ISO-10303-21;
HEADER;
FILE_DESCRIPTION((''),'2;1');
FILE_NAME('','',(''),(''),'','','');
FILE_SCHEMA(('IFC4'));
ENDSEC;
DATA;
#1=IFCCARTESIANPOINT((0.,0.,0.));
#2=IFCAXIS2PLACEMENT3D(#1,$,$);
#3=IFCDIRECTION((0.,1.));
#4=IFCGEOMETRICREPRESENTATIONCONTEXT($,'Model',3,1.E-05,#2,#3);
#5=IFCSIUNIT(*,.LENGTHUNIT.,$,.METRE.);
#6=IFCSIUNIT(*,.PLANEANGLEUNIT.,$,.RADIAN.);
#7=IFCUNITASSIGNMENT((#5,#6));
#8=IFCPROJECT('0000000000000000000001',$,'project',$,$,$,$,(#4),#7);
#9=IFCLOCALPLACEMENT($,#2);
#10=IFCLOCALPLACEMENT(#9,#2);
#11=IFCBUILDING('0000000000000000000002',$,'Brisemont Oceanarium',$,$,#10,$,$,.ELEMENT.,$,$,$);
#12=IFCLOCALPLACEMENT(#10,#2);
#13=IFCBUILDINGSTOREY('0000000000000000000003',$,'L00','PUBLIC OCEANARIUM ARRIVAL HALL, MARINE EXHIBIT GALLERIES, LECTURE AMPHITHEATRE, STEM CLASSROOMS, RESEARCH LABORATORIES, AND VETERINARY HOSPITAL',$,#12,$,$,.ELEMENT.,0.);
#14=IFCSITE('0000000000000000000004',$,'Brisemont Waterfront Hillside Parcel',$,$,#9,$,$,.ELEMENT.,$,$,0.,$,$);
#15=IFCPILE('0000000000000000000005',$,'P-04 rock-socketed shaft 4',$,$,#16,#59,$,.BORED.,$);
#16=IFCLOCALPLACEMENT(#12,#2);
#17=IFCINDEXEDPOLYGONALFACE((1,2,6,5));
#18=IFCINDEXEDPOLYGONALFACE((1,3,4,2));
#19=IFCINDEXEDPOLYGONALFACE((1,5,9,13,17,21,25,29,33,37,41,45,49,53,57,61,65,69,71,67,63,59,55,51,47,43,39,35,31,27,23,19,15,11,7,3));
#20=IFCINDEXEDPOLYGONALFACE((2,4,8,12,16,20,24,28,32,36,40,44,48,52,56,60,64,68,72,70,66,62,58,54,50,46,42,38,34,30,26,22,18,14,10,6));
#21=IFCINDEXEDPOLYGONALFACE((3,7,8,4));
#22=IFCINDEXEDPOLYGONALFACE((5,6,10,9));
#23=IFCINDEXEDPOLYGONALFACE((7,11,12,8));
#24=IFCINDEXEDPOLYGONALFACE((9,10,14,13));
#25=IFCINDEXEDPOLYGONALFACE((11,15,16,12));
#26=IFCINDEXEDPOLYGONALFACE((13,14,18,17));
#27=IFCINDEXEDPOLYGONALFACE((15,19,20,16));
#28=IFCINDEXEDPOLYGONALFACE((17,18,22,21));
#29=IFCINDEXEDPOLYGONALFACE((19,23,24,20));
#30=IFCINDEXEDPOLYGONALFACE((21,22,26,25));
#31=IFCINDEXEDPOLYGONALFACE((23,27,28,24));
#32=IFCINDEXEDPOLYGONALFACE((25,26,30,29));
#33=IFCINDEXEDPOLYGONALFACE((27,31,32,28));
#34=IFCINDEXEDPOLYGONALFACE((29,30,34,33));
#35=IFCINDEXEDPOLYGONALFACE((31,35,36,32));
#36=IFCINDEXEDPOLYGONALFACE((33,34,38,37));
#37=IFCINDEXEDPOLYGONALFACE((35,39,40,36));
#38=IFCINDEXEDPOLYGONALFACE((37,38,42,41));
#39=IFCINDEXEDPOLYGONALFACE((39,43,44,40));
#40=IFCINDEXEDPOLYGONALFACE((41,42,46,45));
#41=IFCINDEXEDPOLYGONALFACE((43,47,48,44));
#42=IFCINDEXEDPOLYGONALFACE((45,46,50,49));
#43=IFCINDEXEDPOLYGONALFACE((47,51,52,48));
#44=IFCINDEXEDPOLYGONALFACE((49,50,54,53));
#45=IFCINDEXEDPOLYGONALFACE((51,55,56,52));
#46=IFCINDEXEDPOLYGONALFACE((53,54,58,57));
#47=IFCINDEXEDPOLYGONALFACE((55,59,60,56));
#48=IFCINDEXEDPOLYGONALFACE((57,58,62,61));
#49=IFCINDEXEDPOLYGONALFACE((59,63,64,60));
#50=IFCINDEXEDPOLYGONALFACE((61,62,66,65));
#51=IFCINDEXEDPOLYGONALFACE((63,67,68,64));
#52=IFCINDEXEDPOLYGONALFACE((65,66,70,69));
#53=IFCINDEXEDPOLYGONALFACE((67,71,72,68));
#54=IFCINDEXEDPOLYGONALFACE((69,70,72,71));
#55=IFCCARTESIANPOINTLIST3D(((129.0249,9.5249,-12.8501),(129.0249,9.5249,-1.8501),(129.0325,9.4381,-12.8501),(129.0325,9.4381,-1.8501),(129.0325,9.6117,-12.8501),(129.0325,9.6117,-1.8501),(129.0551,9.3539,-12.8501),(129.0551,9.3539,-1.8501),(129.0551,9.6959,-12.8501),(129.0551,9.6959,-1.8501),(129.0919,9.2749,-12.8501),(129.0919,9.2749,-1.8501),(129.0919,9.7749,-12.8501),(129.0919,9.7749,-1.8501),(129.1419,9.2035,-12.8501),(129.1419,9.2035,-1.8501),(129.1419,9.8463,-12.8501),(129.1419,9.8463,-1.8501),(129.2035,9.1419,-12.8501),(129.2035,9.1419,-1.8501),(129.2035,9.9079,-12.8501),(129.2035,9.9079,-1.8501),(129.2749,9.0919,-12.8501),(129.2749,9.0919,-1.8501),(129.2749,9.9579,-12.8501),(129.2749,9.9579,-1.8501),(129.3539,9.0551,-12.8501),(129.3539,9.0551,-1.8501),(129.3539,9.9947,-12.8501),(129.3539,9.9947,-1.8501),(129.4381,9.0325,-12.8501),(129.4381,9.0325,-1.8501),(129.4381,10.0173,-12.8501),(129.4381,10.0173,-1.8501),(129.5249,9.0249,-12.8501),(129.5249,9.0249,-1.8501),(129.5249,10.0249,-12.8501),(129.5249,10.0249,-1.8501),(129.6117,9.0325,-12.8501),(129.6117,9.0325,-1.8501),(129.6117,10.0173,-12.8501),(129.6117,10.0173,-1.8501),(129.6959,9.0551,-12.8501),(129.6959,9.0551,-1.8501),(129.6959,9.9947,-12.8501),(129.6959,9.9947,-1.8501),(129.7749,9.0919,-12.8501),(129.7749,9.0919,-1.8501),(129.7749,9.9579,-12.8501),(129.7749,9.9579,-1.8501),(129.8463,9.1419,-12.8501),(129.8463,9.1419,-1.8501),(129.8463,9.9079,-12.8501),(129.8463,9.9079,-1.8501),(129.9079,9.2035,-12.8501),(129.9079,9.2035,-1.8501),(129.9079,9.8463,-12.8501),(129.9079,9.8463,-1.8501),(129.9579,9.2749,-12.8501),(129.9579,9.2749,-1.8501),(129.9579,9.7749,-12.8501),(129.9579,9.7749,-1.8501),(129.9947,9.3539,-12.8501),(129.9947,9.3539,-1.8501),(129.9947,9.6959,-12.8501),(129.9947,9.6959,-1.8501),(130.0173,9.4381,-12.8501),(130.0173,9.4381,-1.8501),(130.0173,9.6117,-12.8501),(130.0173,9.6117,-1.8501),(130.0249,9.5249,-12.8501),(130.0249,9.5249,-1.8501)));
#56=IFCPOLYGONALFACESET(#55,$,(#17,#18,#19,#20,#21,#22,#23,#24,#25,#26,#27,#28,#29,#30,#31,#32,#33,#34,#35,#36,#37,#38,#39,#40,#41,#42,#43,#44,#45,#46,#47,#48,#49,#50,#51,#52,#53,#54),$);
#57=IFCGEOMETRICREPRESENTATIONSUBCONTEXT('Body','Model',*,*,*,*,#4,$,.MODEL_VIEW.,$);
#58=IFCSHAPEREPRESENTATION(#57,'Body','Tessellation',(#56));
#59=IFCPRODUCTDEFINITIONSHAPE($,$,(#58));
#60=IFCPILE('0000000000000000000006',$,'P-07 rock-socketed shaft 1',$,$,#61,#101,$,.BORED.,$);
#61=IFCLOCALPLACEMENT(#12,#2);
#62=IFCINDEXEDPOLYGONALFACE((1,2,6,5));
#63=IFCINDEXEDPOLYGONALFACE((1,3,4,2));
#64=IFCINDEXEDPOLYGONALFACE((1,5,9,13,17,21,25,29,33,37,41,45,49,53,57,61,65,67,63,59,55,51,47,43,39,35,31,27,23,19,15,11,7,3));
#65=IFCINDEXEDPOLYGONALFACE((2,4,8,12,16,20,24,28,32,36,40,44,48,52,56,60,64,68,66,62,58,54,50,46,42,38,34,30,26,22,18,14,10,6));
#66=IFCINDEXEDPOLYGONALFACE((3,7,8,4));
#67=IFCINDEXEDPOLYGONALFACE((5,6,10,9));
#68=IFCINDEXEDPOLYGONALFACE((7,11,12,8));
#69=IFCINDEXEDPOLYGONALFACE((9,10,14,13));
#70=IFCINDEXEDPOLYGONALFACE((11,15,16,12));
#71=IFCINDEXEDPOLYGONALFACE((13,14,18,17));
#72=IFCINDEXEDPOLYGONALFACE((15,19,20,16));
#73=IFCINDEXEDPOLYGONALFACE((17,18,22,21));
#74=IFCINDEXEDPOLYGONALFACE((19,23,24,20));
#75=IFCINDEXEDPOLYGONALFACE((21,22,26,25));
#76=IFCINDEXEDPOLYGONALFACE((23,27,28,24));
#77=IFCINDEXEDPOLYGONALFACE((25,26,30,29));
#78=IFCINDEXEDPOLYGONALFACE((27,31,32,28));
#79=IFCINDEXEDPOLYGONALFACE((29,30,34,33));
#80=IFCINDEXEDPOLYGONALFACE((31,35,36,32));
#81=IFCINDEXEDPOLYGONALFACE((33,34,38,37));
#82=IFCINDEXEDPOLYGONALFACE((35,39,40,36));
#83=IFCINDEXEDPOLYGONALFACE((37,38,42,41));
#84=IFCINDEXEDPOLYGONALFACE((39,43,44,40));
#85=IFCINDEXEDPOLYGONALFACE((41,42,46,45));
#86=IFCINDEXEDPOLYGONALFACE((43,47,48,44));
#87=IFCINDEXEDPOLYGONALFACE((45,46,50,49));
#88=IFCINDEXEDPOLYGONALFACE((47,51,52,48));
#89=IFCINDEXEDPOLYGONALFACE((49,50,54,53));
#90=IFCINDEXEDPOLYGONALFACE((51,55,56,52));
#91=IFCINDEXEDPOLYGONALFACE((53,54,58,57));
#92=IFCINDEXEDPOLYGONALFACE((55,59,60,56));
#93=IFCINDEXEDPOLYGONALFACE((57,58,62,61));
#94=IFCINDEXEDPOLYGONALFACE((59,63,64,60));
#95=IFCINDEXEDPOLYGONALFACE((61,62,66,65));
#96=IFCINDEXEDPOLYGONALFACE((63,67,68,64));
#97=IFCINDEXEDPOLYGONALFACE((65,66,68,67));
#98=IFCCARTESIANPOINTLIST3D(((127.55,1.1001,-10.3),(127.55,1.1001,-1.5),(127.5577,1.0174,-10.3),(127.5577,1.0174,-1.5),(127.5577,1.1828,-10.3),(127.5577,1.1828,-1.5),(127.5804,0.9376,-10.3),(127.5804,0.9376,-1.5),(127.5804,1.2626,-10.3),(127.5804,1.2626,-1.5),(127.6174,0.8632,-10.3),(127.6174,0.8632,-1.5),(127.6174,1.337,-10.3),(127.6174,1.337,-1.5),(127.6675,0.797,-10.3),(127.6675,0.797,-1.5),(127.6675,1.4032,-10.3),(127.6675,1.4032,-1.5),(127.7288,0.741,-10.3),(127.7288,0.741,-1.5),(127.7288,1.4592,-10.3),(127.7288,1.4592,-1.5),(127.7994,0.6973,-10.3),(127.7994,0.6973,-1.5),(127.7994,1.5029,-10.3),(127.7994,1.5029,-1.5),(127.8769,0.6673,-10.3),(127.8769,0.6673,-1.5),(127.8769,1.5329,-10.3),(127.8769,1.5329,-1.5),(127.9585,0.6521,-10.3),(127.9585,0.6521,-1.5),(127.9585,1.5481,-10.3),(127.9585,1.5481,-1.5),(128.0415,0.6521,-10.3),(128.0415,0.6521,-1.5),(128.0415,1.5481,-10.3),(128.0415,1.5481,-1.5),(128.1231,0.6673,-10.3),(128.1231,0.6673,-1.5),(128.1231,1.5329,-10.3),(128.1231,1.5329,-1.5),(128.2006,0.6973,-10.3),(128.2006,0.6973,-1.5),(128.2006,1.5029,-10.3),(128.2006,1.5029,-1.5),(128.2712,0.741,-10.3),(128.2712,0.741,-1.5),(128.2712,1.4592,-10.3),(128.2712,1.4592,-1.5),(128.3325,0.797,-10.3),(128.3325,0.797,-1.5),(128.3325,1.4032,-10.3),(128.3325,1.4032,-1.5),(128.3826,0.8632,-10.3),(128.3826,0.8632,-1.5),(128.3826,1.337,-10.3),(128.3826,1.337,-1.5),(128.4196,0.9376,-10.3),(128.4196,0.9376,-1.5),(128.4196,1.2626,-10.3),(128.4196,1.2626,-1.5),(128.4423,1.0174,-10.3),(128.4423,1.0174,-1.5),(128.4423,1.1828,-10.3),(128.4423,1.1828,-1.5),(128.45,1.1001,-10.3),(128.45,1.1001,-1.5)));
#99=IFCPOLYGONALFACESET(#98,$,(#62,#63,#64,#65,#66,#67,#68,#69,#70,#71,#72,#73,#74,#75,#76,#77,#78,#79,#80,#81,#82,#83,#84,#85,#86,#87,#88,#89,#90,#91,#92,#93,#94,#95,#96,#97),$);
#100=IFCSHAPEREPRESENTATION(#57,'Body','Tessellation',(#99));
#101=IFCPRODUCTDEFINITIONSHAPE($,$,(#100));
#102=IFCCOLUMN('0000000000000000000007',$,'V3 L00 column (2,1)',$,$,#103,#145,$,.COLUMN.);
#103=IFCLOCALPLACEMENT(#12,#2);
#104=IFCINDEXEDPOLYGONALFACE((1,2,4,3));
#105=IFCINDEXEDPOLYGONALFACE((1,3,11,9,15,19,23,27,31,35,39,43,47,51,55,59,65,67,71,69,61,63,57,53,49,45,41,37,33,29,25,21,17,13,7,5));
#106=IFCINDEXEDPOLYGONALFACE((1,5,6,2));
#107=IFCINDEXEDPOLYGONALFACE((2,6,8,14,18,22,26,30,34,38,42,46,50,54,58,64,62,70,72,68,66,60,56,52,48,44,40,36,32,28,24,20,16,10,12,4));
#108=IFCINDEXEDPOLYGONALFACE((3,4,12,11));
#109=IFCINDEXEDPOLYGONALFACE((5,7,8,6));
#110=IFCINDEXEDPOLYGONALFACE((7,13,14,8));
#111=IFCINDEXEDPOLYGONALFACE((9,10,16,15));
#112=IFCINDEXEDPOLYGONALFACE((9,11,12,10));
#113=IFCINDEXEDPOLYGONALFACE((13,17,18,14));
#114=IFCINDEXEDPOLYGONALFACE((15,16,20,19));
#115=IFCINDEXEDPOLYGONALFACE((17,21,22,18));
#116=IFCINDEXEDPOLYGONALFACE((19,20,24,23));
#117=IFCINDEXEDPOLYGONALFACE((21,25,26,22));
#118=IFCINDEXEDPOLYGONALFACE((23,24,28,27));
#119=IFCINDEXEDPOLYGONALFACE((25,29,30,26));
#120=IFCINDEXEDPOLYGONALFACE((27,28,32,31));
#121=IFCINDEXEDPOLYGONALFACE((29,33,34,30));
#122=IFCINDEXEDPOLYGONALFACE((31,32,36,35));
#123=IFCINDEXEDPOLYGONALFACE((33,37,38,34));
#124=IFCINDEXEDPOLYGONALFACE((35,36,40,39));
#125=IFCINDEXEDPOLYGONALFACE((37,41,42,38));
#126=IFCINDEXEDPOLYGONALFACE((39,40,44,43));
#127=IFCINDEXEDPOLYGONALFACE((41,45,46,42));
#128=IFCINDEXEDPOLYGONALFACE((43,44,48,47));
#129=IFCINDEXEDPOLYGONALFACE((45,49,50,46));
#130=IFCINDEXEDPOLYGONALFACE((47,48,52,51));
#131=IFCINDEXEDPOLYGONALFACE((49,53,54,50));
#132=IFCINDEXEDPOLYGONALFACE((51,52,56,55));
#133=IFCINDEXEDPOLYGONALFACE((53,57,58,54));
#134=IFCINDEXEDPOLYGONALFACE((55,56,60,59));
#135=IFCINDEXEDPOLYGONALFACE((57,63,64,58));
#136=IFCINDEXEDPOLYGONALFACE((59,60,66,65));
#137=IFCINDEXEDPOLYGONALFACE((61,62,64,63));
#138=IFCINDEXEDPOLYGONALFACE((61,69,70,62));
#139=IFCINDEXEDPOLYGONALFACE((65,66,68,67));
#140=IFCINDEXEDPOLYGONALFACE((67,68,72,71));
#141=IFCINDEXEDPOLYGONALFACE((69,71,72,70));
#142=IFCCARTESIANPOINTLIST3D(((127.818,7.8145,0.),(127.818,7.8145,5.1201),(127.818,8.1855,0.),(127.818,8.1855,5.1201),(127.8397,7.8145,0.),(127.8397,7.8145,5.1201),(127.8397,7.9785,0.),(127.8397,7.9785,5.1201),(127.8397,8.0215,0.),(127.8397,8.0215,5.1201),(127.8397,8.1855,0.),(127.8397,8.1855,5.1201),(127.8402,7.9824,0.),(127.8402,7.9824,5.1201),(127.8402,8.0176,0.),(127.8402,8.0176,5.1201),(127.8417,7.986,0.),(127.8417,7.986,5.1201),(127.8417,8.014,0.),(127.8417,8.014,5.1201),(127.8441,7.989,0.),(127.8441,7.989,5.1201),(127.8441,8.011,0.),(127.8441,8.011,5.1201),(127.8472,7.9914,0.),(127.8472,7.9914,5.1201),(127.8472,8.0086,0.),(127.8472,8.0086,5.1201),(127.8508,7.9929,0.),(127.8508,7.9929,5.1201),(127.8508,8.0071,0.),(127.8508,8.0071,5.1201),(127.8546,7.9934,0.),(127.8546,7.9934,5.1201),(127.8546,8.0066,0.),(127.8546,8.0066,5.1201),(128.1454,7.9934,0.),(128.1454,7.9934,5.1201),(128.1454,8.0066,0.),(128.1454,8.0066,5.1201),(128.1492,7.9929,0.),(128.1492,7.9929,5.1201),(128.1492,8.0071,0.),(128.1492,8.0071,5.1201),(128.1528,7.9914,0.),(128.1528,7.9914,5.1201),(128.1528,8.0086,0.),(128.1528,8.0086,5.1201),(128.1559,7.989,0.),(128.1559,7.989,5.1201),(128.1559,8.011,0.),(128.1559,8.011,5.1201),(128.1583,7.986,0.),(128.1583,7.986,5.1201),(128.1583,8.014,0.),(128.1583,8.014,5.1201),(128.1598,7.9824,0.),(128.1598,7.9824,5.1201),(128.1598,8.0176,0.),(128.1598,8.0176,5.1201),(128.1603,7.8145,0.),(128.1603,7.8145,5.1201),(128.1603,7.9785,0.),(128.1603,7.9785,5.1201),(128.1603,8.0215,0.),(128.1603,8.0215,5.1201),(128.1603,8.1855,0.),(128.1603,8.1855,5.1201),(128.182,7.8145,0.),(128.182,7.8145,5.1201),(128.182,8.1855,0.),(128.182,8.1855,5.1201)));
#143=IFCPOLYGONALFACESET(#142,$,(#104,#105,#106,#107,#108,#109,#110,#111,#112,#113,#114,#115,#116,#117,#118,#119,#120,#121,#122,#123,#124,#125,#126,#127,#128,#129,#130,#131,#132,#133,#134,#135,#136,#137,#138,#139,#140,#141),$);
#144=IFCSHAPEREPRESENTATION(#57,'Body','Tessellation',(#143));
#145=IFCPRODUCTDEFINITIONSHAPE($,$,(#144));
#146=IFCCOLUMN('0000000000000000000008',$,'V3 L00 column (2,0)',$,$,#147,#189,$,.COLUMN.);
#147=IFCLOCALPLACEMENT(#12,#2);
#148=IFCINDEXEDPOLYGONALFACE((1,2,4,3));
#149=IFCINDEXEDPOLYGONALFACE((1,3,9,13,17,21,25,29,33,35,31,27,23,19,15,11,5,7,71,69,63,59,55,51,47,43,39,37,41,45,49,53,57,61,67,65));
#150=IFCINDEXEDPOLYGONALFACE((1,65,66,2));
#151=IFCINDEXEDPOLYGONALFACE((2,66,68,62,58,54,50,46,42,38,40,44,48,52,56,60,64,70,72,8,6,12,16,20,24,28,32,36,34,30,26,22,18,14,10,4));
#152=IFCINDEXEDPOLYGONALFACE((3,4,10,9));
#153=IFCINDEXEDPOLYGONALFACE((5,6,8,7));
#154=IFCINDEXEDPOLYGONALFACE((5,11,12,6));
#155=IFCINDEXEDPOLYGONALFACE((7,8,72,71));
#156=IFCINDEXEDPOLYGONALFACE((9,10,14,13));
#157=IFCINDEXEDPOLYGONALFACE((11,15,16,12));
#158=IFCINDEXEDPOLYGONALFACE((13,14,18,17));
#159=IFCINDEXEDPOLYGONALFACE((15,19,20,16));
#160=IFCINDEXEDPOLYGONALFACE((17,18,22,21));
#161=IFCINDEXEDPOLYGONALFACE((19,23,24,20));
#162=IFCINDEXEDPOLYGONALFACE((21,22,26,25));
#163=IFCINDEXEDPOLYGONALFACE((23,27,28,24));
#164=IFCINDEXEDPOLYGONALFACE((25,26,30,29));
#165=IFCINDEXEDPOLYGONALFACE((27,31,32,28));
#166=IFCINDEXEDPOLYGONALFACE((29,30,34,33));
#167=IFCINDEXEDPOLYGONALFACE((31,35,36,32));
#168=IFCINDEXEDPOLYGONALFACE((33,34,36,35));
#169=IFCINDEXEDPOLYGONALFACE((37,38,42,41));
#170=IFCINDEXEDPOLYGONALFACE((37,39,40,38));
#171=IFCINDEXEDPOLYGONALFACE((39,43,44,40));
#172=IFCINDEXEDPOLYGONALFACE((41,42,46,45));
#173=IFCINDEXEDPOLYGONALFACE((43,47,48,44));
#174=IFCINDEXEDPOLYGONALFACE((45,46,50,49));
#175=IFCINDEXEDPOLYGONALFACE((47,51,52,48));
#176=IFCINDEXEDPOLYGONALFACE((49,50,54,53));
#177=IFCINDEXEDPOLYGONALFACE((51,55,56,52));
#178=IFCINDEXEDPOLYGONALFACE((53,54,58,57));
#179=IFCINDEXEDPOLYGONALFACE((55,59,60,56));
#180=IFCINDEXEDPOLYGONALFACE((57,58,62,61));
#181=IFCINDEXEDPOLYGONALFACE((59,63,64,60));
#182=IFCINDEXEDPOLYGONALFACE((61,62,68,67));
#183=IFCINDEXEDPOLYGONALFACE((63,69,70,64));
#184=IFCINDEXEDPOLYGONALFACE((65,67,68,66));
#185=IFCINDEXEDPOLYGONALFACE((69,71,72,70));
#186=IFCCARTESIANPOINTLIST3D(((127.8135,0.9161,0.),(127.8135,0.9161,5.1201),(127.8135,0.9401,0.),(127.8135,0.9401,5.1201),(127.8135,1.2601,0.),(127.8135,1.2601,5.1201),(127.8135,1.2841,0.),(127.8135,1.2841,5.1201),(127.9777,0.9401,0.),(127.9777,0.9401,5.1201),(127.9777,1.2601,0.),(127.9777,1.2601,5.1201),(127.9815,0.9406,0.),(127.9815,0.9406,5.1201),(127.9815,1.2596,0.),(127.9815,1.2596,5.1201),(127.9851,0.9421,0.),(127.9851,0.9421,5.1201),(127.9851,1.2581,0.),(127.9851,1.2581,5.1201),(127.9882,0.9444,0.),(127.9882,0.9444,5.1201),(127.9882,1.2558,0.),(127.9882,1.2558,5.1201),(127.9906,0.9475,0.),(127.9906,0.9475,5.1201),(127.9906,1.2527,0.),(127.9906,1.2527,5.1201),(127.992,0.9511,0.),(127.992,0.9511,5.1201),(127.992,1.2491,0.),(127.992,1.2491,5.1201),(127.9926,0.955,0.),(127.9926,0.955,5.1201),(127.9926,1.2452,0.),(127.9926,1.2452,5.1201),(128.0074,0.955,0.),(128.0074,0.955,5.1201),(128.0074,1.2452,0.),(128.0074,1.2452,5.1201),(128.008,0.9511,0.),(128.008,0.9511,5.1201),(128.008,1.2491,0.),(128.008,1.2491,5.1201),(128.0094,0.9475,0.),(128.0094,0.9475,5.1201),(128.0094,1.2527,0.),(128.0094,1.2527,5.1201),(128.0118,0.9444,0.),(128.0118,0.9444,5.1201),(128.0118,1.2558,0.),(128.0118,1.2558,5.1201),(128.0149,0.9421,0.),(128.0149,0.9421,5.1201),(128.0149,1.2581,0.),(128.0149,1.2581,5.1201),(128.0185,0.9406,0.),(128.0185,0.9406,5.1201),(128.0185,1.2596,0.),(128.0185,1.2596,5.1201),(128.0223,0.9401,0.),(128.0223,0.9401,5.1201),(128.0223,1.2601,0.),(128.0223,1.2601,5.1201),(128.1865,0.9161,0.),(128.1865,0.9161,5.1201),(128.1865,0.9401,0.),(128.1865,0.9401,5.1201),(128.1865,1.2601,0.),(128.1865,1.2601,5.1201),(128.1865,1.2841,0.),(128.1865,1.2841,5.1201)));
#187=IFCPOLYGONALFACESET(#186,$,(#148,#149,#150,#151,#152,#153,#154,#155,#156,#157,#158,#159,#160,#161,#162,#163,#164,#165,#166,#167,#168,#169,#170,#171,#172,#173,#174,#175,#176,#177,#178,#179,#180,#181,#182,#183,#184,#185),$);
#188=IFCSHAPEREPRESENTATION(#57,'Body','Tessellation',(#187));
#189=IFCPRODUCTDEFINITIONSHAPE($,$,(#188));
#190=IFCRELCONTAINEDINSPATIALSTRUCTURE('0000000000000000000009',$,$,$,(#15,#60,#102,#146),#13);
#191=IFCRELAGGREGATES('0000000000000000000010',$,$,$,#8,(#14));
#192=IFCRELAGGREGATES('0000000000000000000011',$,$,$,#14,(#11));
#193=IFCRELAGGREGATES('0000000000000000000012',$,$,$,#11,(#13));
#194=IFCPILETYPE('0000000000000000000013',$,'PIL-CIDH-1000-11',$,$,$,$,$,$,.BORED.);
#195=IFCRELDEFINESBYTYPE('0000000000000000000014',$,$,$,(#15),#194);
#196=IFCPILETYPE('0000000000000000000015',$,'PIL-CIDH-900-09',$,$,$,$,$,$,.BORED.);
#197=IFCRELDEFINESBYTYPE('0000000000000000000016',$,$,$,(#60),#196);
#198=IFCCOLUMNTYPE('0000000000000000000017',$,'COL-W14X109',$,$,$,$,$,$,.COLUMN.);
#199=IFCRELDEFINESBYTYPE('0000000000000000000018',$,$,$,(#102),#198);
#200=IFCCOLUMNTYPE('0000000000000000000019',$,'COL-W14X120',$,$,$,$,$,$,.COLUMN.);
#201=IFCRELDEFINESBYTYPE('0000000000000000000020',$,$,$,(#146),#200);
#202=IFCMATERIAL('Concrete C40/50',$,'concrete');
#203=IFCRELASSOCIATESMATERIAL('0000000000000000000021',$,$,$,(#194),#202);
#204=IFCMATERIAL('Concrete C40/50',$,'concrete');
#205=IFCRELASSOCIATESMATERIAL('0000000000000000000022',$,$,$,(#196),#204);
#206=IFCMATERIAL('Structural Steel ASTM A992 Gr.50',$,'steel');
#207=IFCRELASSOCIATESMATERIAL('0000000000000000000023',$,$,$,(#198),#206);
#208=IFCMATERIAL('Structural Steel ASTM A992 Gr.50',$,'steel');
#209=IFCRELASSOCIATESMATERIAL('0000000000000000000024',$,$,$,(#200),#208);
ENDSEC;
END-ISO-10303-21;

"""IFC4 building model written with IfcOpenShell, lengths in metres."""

from ifc_helpers import new_model, si_unit, direction, frame, origin, origin_2d, place, context, subcontext, project, spatial, circle, i_section, extrude, material, material_profile, profile_set, type_object, element, save


model = new_model("IFC4")

# Units and contexts
model_context = context("Model", 3, precision=1e-05, world=origin(), true_north=direction((0.0, 1.0)))
body_context = subcontext(model_context, "Body", "Model", "MODEL_VIEW")
ifc_project = project(units=[si_unit("LENGTHUNIT", "METRE"), si_unit("PLANEANGLEUNIT", "RADIAN")], contexts=[model_context])

# Site, building, storey
site_placement = place(None, origin())
site = spatial("IfcSite", under=ifc_project, at=site_placement, Name="Brisemont Waterfront Hillside Parcel", CompositionType="ELEMENT", RefElevation=0.0)
building_placement = place(site_placement, origin())
building = spatial("IfcBuilding", under=site, at=building_placement, Name="Brisemont Oceanarium", CompositionType="ELEMENT")
storey_placement = place(building_placement, origin())
storey = spatial("IfcBuildingStorey", under=building, at=storey_placement, Name="L00", Description="PUBLIC OCEANARIUM ARRIVAL HALL, MARINE EXHIBIT GALLERIES, LECTURE AMPHITHEATRE, STEM CLASSROOMS, RESEARCH LABORATORIES, AND VETERINARY HOSPITAL", CompositionType="ELEMENT", Elevation=0.0)

# Piles
ifc_material_1 = material(Name="Concrete C40/50", Category="concrete")
ifc_material_profile_1 = material_profile(ifc_material_1, circle(Radius=0.5, at=origin_2d()), Name="CIDH-D1000")
ifc_profile_set_1 = profile_set([ifc_material_profile_1], Name="Concrete C40/50")
pile_type_1 = type_object("IfcPileType", Name="PIL-CIDH-1000-11", PredefinedType="BORED", material=ifc_profile_set_1)
for number, where, z_axis, x_axis, name in (
    (1, (129.5249, 9.5249, -1.8501), (0.0, 0.0, -1.0), (1.0, 0.0, 0.0), "P-04 rock-socketed shaft 4"),
):
    element("IfcPile", number, at=place(storey_placement, frame(where, z_axis=z_axis, x_axis=x_axis)), inside=storey, type_object=pile_type_1, Name=name, PredefinedType="BORED", context=body_context, shape_type="SweptSolid", body=[
        extrude(circle(Radius=0.5, at=origin_2d()), origin(), (0.0, 0.0, 1.0), 11.0),
    ])
ifc_material_2 = material(Name="Concrete C40/50", Category="concrete")
ifc_material_profile_2 = material_profile(ifc_material_2, circle(Radius=0.45, at=origin_2d()), Name="CIDH-D900")
ifc_profile_set_2 = profile_set([ifc_material_profile_2], Name="Concrete C40/50")
pile_type_2 = type_object("IfcPileType", Name="PIL-CIDH-900-09", PredefinedType="BORED", material=ifc_profile_set_2)
pile_placement = place(storey_placement, frame((128.0, 1.1001, -1.5), z_axis=(0.0, 0.0, -1.0), x_axis=(1.0, 0.0, 0.0)))
element("IfcPile", 2, at=pile_placement, inside=storey, type_object=pile_type_2, Name="P-07 rock-socketed shaft 1", PredefinedType="BORED", context=body_context, shape_type="SweptSolid", body=[
    extrude(circle(Radius=0.45, at=origin_2d()), origin(), (0.0, 0.0, 1.0), 8.8),
])

# Columns
ifc_material_3 = material(Name="Structural Steel ASTM A992 Gr.50", Category="steel")
ifc_material_profile_3 = material_profile(ifc_material_3, i_section(OverallWidth=0.3711, OverallDepth=0.364, WebThickness=0.0132, FlangeThickness=0.0217, FilletRadius=0.0149, at=origin_2d()), Name="W14X109")
ifc_profile_set_3 = profile_set([ifc_material_profile_3], Name="Structural Steel ASTM A992 Gr.50")
column_type_1 = type_object("IfcColumnType", Name="COL-W14X109", PredefinedType="COLUMN", material=ifc_profile_set_3)
column_1_placement = place(storey_placement, frame((128.0, 8.0, 0.0), z_axis=(0.0, 0.0, 1.0), x_axis=(0.0, 1.0, 0.0)))
element("IfcColumn", 3, at=column_1_placement, inside=storey, type_object=column_type_1, Name="V3 L00 column (2,1)", PredefinedType="COLUMN", context=body_context, shape_type="SweptSolid", body=[
    extrude(i_section(OverallWidth=0.3711, OverallDepth=0.364, WebThickness=0.0132, FlangeThickness=0.0217, FilletRadius=0.0149, at=origin_2d()), origin(), (0.0, 0.0, 1.0), 5.1201),
])
ifc_material_4 = material(Name="Structural Steel ASTM A992 Gr.50", Category="steel")
ifc_material_profile_4 = material_profile(ifc_material_4, i_section(OverallWidth=0.373, OverallDepth=0.3679, WebThickness=0.0149, FlangeThickness=0.0239, FilletRadius=0.0149, at=origin_2d()), Name="W14X120")
ifc_profile_set_4 = profile_set([ifc_material_profile_4], Name="Structural Steel ASTM A992 Gr.50")
column_type_2 = type_object("IfcColumnType", Name="COL-W14X120", PredefinedType="COLUMN", material=ifc_profile_set_4)
column_2_placement = place(storey_placement, frame((128.0, 1.1001, 0.0), z_axis=(0.0, 0.0, 1.0), x_axis=(1.0, 0.0, 0.0)))
element("IfcColumn", 4, at=column_2_placement, inside=storey, type_object=column_type_2, Name="V3 L00 column (2,0)", PredefinedType="COLUMN", context=body_context, shape_type="SweptSolid", body=[
    extrude(i_section(OverallWidth=0.373, OverallDepth=0.3679, WebThickness=0.0149, FlangeThickness=0.0239, FilletRadius=0.0149, at=origin_2d()), origin(), (0.0, 0.0, 1.0), 5.1201),
])

save(model, "model.ifc")
